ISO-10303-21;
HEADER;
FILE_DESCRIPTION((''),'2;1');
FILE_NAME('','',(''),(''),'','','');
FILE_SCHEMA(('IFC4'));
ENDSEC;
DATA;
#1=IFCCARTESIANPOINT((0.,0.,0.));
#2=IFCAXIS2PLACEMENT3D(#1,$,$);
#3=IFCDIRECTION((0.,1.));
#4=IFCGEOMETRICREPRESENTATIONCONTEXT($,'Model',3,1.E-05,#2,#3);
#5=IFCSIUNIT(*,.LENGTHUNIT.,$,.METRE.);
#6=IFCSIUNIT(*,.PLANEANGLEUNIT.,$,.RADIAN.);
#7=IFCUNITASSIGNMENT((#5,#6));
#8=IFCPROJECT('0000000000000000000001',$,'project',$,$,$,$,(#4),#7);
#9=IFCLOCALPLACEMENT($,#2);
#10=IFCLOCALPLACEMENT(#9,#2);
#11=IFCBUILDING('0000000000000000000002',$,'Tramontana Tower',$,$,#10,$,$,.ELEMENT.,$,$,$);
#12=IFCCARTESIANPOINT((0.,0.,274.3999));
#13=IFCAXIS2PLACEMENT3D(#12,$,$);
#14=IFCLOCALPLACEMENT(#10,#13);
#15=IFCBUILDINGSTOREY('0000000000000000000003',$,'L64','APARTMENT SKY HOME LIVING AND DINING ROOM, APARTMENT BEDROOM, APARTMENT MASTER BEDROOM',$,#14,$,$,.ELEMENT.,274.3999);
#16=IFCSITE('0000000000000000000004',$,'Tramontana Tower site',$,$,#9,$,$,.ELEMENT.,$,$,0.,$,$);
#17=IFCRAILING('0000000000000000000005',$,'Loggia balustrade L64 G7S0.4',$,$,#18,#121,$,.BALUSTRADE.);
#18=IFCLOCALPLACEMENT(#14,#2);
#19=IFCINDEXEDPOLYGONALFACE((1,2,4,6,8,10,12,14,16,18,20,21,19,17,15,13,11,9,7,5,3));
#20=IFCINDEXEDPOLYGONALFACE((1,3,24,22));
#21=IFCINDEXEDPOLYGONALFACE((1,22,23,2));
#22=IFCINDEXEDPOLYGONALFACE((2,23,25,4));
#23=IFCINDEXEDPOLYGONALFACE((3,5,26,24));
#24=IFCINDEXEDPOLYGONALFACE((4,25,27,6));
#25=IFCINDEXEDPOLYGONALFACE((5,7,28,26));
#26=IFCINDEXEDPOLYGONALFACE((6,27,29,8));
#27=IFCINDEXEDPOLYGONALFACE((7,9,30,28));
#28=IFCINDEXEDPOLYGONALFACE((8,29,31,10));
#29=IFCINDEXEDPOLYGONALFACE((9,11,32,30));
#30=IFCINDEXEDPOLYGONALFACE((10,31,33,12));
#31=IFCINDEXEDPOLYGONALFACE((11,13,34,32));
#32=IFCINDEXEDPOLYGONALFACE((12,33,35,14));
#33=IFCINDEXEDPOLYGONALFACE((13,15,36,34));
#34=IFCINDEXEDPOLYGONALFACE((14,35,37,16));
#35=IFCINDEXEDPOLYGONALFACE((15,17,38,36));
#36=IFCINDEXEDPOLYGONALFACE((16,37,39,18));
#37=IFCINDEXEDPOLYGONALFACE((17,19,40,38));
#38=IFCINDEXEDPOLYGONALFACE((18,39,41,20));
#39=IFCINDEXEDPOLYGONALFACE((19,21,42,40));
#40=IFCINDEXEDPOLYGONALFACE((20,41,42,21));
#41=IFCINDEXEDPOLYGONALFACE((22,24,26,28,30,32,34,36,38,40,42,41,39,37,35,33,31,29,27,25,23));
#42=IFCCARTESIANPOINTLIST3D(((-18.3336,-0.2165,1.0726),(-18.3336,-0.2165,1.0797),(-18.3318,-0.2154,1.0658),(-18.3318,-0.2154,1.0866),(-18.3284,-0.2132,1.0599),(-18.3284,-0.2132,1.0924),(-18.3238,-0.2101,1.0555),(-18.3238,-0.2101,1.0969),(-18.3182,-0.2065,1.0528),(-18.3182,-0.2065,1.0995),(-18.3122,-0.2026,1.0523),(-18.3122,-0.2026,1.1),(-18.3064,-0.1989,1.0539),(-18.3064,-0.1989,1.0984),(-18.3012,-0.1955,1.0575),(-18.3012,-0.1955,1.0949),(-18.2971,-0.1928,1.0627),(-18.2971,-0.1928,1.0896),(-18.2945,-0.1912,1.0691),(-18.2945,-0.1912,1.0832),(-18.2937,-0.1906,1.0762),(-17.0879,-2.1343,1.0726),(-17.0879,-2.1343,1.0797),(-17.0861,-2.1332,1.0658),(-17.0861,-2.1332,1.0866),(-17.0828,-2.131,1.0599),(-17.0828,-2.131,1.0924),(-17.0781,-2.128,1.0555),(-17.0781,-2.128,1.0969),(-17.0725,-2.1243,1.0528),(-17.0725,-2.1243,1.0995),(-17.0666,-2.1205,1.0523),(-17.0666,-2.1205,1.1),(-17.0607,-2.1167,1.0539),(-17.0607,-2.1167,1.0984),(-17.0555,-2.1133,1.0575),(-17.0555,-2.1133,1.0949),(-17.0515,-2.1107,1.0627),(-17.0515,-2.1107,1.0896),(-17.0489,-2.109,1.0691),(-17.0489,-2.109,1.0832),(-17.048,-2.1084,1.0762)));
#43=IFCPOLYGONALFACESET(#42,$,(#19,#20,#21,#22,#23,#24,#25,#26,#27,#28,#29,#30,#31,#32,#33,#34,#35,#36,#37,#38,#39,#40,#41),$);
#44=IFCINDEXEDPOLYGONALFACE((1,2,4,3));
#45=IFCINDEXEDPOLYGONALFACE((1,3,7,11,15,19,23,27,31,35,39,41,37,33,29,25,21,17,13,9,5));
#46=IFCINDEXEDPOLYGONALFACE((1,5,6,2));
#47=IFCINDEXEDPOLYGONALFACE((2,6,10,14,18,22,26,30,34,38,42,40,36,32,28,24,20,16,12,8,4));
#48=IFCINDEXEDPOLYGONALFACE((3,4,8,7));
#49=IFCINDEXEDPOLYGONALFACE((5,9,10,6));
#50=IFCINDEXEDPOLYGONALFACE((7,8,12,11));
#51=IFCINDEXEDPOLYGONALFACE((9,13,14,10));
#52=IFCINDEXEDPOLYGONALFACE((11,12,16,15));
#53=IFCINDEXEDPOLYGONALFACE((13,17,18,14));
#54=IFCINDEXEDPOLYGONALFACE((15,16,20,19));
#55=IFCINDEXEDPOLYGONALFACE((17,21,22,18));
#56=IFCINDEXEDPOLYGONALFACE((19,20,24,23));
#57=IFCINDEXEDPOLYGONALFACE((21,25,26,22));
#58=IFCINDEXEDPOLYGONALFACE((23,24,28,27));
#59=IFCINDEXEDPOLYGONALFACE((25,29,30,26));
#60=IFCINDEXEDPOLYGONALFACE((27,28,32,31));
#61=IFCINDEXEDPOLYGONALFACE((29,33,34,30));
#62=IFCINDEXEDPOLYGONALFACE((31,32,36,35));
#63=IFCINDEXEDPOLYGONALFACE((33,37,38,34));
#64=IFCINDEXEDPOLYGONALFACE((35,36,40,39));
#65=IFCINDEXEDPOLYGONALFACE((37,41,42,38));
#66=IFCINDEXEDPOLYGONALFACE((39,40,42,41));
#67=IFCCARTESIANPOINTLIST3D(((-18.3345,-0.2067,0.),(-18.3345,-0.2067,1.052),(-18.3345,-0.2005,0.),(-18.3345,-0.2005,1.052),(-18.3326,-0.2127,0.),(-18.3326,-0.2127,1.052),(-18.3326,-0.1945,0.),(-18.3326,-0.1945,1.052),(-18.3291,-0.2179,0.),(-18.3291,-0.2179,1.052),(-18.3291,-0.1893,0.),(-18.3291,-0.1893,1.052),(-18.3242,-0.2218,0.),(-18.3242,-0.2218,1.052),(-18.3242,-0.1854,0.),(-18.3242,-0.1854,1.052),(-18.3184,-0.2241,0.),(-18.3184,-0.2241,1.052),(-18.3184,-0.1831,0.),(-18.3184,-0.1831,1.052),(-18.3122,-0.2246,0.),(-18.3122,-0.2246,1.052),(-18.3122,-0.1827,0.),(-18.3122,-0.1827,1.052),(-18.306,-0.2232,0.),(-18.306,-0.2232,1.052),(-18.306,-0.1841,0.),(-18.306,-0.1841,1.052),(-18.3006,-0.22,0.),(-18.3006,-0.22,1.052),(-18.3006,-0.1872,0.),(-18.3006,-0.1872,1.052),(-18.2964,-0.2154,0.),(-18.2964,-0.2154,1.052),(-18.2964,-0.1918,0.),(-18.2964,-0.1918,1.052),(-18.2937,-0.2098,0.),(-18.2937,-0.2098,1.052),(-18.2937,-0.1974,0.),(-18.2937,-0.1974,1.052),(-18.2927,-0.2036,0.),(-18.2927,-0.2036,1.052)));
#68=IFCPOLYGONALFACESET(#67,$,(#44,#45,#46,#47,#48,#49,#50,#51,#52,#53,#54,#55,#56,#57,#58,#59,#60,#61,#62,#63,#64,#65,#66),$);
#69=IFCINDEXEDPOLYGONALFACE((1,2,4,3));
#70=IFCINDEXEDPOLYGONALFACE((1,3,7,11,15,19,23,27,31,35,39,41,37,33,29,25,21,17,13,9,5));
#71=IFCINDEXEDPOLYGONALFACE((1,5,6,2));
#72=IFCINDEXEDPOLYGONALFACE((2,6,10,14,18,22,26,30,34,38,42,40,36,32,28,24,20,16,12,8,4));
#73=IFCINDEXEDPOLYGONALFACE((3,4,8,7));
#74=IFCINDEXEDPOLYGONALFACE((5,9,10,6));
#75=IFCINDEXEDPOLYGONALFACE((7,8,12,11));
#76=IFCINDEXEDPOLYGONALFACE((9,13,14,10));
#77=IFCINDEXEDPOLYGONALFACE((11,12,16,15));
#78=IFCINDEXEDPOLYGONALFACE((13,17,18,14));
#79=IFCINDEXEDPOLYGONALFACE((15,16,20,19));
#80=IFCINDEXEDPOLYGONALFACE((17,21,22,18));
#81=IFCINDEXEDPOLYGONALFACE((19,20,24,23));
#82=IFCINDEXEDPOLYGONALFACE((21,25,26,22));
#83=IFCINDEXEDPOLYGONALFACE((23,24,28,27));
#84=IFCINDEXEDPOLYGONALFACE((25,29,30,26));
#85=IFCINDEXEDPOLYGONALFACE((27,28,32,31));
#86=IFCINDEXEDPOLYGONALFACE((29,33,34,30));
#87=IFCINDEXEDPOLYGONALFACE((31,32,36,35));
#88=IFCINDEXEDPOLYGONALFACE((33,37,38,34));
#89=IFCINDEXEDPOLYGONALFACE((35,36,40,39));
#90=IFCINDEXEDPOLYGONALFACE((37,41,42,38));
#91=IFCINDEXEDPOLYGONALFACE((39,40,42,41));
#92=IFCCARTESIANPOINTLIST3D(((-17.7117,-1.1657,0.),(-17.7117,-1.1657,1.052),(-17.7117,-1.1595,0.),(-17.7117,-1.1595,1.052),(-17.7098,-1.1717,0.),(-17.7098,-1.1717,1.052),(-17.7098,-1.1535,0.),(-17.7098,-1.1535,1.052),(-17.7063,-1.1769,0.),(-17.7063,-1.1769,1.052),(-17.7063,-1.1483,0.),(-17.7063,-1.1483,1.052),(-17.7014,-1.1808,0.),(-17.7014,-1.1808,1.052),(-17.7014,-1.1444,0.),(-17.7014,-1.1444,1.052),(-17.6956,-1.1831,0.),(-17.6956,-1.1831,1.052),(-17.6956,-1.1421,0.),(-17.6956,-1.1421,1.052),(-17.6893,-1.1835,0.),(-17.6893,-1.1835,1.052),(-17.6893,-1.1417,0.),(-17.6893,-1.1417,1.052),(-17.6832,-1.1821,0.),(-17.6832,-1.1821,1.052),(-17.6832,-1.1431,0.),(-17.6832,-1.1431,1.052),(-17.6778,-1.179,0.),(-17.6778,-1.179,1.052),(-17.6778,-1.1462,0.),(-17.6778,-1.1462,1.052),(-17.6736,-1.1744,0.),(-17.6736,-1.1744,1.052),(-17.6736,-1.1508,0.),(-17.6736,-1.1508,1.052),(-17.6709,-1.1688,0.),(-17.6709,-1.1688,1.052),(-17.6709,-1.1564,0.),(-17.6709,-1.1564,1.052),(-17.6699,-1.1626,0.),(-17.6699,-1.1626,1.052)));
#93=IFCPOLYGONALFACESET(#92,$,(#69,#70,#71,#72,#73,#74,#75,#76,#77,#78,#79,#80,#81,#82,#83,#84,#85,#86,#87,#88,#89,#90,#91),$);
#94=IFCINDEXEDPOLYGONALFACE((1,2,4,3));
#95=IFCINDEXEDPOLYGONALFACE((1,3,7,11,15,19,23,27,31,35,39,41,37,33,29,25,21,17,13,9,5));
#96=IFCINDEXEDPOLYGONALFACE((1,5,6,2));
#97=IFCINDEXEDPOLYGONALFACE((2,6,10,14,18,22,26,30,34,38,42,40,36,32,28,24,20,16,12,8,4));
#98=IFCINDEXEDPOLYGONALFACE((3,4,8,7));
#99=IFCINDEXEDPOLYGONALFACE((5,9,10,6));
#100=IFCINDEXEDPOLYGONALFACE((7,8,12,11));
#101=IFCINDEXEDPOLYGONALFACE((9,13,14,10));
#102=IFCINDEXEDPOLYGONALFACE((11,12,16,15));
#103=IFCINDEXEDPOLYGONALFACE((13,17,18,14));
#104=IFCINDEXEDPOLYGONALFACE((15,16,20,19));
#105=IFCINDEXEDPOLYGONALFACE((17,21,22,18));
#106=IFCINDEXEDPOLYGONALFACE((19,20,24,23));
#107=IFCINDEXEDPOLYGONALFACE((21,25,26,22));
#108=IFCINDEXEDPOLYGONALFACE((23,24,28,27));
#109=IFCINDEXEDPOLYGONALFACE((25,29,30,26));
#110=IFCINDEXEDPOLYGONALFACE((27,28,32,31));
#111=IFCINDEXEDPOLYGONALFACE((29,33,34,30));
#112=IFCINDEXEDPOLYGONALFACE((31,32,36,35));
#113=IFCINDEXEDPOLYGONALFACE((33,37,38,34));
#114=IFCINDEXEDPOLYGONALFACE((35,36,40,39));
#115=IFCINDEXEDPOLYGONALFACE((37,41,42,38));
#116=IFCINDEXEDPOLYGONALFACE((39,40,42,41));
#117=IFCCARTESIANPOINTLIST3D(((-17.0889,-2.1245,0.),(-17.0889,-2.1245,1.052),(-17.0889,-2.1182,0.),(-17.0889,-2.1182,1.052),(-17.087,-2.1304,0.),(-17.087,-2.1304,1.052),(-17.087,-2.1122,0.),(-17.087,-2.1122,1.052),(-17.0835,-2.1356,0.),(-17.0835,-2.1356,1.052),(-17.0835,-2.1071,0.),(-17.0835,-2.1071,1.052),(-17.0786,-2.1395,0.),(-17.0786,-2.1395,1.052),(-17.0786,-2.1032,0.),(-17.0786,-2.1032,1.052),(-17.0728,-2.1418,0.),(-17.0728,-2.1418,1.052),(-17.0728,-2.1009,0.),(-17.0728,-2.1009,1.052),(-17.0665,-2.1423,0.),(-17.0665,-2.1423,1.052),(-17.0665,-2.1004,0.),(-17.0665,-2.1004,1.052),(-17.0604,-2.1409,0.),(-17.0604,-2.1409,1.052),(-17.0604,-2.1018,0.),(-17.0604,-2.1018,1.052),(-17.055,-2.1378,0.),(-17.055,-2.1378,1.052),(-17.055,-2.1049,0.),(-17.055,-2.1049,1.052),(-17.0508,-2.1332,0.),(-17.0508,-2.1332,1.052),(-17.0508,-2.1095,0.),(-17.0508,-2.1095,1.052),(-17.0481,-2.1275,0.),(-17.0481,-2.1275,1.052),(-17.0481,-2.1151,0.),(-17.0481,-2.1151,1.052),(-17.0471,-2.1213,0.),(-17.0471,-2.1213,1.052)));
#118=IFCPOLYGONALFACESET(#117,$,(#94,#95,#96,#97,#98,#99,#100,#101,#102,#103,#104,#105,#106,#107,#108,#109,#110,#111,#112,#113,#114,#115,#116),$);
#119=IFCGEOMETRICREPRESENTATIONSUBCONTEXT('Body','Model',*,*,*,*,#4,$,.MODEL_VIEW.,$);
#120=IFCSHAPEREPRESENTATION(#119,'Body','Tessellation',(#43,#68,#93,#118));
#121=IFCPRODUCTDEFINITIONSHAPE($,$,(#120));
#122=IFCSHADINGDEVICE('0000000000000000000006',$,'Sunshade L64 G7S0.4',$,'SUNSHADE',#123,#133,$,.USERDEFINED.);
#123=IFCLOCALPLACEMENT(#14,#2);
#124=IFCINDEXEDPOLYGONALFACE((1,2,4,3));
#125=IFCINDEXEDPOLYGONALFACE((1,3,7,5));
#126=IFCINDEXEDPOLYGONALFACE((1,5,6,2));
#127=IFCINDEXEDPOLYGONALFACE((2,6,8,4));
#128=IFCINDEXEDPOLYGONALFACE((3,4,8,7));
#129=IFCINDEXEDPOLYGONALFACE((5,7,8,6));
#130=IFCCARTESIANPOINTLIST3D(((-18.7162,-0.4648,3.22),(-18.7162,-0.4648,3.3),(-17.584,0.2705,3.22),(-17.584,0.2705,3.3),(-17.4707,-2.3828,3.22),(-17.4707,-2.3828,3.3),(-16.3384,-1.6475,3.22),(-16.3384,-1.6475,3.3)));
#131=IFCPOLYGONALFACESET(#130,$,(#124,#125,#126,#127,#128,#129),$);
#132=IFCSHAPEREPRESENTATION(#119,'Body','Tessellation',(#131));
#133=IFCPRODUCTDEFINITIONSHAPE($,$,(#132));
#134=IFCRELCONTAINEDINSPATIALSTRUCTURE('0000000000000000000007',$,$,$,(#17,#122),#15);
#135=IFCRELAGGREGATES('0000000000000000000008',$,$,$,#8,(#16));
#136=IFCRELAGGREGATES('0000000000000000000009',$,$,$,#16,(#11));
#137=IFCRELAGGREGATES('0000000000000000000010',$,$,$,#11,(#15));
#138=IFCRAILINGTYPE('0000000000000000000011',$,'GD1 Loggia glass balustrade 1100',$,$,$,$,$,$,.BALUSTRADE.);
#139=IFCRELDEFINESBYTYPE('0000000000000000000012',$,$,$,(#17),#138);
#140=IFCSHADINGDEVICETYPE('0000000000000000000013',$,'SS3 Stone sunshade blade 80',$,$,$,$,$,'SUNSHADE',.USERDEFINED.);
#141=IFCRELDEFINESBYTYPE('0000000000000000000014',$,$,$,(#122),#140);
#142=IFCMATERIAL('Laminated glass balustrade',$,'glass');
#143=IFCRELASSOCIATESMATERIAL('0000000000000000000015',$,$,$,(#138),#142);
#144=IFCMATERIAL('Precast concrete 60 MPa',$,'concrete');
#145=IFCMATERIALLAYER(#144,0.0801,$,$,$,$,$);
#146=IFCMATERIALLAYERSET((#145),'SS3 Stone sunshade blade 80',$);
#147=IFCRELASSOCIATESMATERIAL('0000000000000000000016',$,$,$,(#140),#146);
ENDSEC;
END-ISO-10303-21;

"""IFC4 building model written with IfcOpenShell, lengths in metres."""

from ifc_helpers import new_model, si_unit, direction, frame, origin, origin_2d, place, context, subcontext, project, spatial, rectangle, circle, extrude, material, layer, layer_set, type_object, element, save


model = new_model("IFC4")

# Units and contexts
model_context = context("Model", 3, precision=1e-05, world=origin(), true_north=direction((0.0, 1.0)))
body_context = subcontext(model_context, "Body", "Model", "MODEL_VIEW")
ifc_project = project(units=[si_unit("LENGTHUNIT", "METRE"), si_unit("PLANEANGLEUNIT", "RADIAN")], contexts=[model_context])

# Site, building, storey
site_placement = place(None, origin())
site = spatial("IfcSite", under=ifc_project, at=site_placement, Name="Tramontana Tower site", CompositionType="ELEMENT", RefElevation=0.0)
building_placement = place(site_placement, origin())
building = spatial("IfcBuilding", under=site, at=building_placement, Name="Tramontana Tower", CompositionType="ELEMENT")
storey_placement = place(building_placement, frame((0.0, 0.0, 274.3999)))
storey = spatial("IfcBuildingStorey", under=building, at=storey_placement, Name="L64", Description="APARTMENT SKY HOME LIVING AND DINING ROOM, APARTMENT BEDROOM, APARTMENT MASTER BEDROOM", CompositionType="ELEMENT", Elevation=274.3999)

# Railing
ifc_material_1 = material(Name="Laminated glass balustrade", Category="glass")
railing_type = type_object("IfcRailingType", Name="GD1 Loggia glass balustrade 1100", PredefinedType="BALUSTRADE", material=ifc_material_1)
railing_placement = place(storey_placement, frame((-18.3137, -0.2036, 0.0)))
element("IfcRailing", 1, at=railing_placement, inside=storey, type_object=railing_type, Name="Loggia balustrade L64 G7S0.4", PredefinedType="BALUSTRADE", context=body_context, shape_type="SweptSolid", body=[
    extrude(circle(Radius=0.0239, at=origin_2d()), frame((0.0, 0.0, 1.0762), z_axis=(0.544707, -0.838627, 0.0), x_axis=(0.838627, 0.544707, 0.0)), (0.0, 0.0, 1.0), 2.2869),
    extrude(circle(Radius=0.021, at=origin_2d()), origin(), (0.0, 0.0, 1.0), 1.052),
    extrude(circle(Radius=0.021, at=origin_2d()), frame((0.6228, -0.959, 0.0)), (0.0, 0.0, 1.0), 1.052),
    extrude(circle(Radius=0.021, at=origin_2d()), frame((1.2456, -1.9177, 0.0)), (0.0, 0.0, 1.0), 1.052),
])

# Shading device
ifc_material_2 = material(Name="Precast concrete 60 MPa", Category="concrete")
ifc_layer_1 = layer(ifc_material_2, 0.0801)
ifc_layer_set_1 = layer_set([ifc_layer_1], Name="SS3 Stone sunshade blade 80")
shading_device_type = type_object("IfcShadingDeviceType", Name="SS3 Stone sunshade blade 80", ElementType="SUNSHADE", PredefinedType="USERDEFINED", material=ifc_layer_set_1)
shading_device_placement = place(storey_placement, frame((-17.5273, -1.0562, 3.22), z_axis=(0.0, 0.0, 1.0), x_axis=(0.544639, -0.838671, 0.0)))
element("IfcShadingDevice", 2, at=shading_device_placement, inside=storey, type_object=shading_device_type, Name="Sunshade L64 G7S0.4", ObjectType="SUNSHADE", PredefinedType="USERDEFINED", context=body_context, shape_type="SweptSolid", body=[
    extrude(rectangle(XDim=2.2869, YDim=1.3501, at=origin_2d()), origin(), (0.0, 0.0, 1.0), 0.0801),
])

save(model, "model.ifc")
